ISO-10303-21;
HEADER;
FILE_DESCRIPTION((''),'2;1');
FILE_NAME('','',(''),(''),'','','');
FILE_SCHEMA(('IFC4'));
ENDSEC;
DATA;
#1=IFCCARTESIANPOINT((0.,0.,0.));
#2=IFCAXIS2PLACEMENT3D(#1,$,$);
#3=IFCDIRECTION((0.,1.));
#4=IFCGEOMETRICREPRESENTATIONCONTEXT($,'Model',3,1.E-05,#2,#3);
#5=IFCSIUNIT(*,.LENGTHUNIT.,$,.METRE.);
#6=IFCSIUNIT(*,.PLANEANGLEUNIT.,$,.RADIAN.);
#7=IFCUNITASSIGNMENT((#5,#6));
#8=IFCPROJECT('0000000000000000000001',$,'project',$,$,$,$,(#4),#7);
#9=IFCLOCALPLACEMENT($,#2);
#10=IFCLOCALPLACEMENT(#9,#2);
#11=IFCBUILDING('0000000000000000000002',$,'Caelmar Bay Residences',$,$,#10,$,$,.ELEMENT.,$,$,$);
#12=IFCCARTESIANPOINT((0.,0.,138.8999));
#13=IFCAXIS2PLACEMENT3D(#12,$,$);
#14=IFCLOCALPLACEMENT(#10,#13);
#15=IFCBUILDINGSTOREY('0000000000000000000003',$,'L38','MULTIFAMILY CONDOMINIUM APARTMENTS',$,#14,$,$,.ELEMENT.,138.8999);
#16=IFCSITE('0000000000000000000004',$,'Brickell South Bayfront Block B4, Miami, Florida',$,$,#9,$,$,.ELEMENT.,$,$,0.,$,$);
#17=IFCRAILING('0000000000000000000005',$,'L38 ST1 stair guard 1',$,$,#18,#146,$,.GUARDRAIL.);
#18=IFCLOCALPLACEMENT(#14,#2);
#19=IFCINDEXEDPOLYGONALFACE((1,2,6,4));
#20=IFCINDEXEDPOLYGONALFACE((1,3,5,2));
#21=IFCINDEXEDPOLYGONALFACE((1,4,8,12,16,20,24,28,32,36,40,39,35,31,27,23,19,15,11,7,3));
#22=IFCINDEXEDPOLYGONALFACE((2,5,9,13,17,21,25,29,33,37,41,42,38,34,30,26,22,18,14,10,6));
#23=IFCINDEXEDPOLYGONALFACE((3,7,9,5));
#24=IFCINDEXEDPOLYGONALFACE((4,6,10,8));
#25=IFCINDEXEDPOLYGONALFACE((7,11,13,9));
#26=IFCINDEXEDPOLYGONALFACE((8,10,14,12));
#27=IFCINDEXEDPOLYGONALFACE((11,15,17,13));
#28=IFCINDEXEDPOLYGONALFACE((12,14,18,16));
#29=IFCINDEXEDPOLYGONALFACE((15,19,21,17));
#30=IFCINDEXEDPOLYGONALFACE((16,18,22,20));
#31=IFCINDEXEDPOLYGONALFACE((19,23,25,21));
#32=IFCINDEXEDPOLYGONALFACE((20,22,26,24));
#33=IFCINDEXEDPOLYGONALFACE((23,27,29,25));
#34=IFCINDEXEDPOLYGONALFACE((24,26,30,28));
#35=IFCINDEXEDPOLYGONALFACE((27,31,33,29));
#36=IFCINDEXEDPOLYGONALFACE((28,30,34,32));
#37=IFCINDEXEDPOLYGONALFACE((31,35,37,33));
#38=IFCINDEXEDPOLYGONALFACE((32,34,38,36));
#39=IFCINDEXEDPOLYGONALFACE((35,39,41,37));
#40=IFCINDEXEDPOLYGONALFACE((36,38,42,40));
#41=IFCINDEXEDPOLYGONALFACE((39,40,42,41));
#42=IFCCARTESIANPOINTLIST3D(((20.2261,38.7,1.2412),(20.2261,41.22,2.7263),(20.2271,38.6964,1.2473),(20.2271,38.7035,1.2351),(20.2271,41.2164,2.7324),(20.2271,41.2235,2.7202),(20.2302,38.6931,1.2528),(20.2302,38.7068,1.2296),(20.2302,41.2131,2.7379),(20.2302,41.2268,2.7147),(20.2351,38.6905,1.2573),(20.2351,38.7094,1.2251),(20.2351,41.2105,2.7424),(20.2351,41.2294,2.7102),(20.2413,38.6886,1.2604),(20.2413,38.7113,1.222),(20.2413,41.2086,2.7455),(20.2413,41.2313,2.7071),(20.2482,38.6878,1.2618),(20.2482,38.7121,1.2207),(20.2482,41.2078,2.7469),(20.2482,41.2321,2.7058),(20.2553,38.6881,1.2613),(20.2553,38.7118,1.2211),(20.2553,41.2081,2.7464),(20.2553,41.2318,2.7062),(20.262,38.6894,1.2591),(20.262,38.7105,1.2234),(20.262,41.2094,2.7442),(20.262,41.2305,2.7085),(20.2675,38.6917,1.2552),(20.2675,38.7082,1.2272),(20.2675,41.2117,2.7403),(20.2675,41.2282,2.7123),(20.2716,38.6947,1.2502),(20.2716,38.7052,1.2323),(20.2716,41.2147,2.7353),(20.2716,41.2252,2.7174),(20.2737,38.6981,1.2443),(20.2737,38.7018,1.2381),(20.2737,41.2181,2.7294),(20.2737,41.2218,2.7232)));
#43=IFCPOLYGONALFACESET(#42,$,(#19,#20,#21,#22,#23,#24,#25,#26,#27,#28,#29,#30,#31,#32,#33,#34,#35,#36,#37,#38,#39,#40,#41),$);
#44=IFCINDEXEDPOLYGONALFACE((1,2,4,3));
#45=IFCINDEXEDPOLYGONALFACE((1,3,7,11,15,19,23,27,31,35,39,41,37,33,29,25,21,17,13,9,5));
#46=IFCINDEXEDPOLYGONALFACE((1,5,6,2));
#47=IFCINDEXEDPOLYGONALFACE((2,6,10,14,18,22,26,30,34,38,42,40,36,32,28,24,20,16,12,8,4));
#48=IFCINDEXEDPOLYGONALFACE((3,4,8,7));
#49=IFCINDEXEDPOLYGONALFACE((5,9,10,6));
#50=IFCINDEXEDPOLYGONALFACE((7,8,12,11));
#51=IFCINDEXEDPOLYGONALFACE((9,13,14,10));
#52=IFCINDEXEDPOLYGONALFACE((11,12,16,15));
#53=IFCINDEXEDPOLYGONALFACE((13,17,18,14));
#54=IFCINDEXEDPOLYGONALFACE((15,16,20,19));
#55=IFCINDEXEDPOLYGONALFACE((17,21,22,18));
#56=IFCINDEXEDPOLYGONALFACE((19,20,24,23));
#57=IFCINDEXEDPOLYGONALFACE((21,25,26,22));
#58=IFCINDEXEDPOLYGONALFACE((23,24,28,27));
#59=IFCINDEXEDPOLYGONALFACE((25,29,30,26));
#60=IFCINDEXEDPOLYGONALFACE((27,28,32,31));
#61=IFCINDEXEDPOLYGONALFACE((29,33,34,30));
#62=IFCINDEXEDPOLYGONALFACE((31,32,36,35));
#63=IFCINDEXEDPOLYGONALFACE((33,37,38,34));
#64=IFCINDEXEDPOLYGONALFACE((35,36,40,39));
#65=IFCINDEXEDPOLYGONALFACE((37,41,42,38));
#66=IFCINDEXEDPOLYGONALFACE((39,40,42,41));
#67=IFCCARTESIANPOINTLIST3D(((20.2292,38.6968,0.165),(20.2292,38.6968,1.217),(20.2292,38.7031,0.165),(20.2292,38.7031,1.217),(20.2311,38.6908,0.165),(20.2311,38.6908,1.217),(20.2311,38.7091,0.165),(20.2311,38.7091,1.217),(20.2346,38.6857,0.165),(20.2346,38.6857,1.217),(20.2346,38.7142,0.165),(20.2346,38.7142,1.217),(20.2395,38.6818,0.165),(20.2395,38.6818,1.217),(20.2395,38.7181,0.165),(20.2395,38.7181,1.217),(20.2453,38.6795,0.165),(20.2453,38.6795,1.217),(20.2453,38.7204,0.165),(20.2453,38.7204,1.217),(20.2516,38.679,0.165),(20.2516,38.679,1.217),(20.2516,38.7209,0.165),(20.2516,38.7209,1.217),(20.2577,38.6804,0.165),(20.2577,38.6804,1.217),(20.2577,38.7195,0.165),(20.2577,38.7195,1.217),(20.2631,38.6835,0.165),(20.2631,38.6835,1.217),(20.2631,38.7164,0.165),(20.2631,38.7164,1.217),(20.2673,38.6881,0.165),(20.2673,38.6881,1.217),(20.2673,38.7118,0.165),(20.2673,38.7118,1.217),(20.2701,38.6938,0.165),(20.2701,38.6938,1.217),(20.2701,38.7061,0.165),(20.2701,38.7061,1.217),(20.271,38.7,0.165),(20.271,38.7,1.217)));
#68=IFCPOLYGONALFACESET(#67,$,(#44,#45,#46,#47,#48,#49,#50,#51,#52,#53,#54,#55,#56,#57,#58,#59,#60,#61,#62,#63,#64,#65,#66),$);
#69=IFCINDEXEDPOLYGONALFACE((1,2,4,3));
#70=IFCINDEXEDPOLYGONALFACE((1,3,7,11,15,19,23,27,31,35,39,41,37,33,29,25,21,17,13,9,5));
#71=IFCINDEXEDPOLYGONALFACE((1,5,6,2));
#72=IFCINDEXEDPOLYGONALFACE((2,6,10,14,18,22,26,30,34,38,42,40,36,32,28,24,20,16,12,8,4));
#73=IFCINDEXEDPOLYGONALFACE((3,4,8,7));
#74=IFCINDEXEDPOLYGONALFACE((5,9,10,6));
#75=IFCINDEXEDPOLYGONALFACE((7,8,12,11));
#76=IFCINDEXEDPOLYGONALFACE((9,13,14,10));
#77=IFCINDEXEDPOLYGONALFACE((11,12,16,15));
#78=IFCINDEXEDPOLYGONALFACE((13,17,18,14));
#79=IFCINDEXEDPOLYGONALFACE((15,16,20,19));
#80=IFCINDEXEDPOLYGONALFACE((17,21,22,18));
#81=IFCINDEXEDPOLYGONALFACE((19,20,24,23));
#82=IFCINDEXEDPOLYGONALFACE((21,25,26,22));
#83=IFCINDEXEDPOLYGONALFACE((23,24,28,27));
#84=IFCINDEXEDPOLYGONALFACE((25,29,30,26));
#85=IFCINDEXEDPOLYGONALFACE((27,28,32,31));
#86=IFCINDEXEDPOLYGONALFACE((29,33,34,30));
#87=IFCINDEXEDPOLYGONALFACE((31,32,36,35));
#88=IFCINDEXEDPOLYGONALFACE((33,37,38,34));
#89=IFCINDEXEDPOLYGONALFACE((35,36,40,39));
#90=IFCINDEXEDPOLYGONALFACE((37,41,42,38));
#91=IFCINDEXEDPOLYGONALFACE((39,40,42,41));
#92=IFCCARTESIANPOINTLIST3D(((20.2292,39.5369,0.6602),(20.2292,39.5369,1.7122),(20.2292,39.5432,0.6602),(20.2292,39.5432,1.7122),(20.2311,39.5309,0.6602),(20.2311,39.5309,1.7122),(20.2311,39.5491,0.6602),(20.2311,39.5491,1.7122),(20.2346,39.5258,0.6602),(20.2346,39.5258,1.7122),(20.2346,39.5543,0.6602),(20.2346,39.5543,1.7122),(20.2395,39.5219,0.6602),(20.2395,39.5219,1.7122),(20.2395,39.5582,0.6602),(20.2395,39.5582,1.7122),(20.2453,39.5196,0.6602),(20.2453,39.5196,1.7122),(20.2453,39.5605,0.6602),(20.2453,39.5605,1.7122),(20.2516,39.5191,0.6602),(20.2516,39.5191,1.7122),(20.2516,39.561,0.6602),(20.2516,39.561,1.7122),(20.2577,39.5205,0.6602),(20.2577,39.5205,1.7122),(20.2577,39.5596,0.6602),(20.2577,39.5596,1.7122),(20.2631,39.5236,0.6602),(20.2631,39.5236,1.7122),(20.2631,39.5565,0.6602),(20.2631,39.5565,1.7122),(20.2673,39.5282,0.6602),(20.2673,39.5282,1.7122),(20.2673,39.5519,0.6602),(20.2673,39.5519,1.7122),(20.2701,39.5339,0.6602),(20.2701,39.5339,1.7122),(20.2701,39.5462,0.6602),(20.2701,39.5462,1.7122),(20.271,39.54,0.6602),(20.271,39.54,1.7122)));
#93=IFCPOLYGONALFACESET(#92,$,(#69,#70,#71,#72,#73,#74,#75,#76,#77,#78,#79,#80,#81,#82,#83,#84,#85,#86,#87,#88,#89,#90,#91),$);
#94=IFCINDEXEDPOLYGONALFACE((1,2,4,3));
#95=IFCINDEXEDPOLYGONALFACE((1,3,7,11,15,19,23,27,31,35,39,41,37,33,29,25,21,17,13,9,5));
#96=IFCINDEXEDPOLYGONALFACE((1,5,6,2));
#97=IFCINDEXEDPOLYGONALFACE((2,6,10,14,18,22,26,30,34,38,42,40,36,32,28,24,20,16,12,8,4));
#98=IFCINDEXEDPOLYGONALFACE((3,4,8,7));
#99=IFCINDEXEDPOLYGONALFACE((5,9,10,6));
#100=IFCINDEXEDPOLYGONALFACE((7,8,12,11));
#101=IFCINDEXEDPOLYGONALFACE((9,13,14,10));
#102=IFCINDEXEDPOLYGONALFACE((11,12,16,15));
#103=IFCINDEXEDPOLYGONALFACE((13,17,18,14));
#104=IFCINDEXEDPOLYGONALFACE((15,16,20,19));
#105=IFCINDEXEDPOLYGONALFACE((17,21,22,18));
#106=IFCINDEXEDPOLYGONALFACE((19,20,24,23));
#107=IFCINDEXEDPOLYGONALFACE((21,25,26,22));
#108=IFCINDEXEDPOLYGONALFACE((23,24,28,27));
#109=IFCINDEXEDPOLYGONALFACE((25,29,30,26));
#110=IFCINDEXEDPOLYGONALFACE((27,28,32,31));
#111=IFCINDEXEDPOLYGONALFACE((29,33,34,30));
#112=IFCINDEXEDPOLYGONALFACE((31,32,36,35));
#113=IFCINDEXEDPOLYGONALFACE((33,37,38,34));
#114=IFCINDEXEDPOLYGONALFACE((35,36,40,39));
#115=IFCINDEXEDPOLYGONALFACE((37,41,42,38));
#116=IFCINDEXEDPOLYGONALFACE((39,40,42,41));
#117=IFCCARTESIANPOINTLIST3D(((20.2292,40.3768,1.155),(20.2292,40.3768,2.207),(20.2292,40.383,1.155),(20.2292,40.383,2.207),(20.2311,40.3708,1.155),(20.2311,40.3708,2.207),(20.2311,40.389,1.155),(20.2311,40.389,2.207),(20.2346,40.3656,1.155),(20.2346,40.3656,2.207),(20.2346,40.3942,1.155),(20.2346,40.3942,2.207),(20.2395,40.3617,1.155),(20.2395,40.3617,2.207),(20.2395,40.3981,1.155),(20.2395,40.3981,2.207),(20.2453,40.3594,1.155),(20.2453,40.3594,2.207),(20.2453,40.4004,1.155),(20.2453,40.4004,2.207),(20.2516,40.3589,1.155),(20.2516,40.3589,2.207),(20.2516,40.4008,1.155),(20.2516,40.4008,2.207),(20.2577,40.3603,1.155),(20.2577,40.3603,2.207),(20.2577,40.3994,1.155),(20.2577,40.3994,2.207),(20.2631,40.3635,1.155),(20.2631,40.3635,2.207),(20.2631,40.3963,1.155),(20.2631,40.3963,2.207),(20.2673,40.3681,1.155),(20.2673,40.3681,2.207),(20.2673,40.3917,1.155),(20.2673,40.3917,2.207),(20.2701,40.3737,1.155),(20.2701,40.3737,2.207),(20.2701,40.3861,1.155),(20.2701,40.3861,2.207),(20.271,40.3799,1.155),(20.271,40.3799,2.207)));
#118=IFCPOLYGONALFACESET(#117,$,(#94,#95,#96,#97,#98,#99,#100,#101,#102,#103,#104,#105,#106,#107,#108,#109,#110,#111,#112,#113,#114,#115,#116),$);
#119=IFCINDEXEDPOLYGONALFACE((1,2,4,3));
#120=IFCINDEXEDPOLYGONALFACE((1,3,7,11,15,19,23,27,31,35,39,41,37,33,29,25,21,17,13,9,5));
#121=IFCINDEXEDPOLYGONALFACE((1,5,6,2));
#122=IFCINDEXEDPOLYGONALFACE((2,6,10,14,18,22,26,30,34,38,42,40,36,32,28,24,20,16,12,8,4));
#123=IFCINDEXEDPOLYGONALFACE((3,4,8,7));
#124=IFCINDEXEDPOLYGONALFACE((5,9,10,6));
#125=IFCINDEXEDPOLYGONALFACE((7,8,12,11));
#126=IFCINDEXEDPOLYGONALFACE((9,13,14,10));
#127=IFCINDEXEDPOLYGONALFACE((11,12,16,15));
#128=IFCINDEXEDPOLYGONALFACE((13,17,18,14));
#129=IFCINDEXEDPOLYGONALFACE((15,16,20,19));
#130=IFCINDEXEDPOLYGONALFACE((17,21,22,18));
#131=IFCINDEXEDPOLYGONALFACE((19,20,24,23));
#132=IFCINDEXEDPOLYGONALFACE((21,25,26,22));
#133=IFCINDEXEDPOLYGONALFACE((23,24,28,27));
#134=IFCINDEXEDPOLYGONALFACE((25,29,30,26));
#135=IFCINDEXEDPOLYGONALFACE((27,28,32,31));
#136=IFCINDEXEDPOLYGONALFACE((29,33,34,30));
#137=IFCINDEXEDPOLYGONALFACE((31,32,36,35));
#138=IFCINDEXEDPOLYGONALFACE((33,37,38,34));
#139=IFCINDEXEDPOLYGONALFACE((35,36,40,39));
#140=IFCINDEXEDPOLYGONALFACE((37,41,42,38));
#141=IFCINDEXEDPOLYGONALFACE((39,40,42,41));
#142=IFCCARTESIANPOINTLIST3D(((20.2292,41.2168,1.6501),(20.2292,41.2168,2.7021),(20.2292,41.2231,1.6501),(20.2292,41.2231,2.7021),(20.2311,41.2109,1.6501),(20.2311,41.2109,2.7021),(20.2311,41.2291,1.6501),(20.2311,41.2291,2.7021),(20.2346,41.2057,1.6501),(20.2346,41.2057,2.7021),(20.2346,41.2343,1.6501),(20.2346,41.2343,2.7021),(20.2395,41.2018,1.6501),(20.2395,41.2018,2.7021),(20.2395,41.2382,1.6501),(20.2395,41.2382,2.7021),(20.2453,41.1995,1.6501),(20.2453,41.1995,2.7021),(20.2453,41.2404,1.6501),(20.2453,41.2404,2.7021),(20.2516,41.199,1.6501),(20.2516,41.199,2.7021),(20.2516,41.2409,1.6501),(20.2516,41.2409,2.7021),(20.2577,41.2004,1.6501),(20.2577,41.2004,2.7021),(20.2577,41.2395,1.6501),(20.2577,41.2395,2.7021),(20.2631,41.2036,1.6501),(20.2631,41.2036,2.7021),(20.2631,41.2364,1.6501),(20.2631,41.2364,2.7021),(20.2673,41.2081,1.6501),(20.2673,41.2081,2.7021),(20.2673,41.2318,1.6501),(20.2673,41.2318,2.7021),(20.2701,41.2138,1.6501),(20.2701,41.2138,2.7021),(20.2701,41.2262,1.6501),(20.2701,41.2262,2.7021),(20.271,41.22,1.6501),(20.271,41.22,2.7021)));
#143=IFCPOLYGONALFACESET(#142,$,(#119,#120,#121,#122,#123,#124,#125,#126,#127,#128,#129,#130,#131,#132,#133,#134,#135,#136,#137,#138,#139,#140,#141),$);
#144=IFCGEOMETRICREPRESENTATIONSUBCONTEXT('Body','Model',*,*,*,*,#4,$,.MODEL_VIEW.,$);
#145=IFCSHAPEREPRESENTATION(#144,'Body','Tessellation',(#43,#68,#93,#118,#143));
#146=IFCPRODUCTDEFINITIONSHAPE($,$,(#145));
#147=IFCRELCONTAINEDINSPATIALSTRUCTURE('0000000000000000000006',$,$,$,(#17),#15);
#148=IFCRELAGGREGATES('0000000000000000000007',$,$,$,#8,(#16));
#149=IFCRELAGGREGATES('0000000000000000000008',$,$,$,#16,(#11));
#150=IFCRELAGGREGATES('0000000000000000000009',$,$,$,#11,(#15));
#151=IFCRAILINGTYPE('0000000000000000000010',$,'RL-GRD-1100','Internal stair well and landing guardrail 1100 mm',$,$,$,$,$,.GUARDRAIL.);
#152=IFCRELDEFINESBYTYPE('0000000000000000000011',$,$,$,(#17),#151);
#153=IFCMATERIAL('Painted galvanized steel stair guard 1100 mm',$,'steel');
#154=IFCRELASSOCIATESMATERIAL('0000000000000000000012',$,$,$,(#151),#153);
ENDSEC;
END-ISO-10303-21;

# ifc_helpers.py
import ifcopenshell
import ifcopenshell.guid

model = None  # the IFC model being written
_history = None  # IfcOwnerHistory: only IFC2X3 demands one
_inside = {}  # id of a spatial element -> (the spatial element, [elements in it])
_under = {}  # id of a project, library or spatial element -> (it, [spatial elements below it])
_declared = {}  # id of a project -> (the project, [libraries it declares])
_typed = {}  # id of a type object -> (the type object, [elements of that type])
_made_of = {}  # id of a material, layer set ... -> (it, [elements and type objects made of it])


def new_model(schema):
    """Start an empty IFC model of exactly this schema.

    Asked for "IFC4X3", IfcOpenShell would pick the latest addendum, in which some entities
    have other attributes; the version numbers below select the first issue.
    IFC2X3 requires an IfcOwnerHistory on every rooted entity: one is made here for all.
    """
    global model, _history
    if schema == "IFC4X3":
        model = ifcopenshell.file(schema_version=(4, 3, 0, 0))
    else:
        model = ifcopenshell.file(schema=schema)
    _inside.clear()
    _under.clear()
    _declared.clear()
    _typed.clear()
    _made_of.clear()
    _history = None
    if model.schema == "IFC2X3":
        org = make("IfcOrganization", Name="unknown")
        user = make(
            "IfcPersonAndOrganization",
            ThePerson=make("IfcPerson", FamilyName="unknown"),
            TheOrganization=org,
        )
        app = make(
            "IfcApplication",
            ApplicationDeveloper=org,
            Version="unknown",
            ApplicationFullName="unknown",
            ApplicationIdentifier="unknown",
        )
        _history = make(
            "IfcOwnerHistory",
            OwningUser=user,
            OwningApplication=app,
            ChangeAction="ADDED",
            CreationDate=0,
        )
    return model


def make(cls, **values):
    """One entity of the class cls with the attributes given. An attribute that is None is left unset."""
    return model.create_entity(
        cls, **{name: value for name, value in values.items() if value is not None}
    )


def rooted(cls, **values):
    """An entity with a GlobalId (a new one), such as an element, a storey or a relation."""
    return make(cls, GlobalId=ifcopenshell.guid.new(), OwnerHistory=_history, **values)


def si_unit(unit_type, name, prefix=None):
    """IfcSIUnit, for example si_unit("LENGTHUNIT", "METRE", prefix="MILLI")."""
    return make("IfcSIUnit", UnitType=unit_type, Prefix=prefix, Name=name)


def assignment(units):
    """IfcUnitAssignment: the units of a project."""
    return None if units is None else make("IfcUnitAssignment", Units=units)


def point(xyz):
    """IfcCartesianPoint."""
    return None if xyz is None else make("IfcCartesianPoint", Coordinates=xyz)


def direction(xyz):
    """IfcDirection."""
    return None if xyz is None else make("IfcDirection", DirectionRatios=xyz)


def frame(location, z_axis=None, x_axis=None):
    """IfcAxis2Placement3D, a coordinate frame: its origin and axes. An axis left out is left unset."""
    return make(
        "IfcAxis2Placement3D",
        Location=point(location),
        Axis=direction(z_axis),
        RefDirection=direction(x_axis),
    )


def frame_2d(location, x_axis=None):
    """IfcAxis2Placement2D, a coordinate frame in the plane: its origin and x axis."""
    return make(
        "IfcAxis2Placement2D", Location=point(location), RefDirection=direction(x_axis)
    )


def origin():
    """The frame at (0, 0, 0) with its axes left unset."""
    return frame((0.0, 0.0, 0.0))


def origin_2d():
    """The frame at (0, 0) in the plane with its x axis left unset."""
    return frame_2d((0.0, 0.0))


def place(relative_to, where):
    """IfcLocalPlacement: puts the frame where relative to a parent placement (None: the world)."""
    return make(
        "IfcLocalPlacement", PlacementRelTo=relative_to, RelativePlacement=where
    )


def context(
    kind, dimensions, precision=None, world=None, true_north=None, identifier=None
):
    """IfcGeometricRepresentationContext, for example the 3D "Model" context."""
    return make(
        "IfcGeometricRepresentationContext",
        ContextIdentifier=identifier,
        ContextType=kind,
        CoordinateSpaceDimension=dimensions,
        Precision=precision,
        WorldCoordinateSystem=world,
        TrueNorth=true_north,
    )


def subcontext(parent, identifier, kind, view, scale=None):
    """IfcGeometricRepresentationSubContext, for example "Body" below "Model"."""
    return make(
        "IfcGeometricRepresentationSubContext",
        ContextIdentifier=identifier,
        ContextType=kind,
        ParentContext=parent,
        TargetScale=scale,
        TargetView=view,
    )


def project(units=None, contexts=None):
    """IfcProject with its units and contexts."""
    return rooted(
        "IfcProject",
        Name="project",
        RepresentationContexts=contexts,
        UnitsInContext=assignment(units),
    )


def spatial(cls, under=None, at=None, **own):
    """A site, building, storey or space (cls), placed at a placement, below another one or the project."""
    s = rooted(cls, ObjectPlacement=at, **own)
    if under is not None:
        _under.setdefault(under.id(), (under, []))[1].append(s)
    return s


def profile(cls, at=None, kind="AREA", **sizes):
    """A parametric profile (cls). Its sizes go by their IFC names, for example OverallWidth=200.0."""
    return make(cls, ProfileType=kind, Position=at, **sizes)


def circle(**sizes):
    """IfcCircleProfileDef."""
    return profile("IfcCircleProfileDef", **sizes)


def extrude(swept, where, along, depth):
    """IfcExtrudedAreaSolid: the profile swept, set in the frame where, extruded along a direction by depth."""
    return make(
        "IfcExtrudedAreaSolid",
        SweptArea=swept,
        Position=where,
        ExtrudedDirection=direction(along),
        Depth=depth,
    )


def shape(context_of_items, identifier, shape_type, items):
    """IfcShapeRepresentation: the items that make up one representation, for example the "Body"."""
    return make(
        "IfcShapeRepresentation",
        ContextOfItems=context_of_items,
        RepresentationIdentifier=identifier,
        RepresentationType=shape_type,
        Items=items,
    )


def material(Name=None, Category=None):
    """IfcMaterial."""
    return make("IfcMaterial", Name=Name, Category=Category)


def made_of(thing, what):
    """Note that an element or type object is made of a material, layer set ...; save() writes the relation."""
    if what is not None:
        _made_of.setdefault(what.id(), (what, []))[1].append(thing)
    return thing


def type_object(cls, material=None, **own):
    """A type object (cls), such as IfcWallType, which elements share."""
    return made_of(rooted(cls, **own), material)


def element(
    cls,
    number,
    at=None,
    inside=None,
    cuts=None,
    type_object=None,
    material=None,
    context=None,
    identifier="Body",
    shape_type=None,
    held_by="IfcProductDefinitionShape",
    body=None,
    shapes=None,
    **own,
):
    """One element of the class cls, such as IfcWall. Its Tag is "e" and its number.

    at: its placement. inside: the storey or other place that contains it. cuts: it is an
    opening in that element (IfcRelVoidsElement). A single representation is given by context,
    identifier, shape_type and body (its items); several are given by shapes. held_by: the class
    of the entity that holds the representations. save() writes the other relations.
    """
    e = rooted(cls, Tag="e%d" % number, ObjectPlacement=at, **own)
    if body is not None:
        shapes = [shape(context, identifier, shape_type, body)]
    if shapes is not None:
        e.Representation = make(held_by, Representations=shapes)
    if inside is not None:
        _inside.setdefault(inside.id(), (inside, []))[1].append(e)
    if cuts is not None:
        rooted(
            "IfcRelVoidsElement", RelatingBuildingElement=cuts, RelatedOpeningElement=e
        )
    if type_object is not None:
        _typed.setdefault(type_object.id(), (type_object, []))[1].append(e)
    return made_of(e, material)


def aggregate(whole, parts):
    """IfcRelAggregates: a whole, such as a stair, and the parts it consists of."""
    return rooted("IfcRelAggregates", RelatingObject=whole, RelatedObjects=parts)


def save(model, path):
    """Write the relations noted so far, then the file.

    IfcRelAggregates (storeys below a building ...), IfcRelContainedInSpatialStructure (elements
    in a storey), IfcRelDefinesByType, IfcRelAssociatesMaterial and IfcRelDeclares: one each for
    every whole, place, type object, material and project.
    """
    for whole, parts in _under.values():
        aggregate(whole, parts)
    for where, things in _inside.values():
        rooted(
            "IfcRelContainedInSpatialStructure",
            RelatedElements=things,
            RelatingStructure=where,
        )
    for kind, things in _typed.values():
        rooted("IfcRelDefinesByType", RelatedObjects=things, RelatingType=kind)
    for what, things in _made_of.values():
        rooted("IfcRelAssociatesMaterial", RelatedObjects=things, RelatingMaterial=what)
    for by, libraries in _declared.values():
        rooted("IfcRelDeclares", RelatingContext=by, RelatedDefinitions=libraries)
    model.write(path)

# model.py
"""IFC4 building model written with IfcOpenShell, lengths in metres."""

from ifc_helpers import new_model, si_unit, direction, frame, origin, origin_2d, place, context, subcontext, project, spatial, circle, extrude, material, type_object, element, save


model = new_model("IFC4")

# Units and contexts
model_context = context("Model", 3, precision=1e-05, world=origin(), true_north=direction((0.0, 1.0)))
body_context = subcontext(model_context, "Body", "Model", "MODEL_VIEW")
ifc_project = project(units=[si_unit("LENGTHUNIT", "METRE"), si_unit("PLANEANGLEUNIT", "RADIAN")], contexts=[model_context])

# Site, building, storey
site_placement = place(None, origin())
site = spatial("IfcSite", under=ifc_project, at=site_placement, Name="Brickell South Bayfront Block B4, Miami, Florida", CompositionType="ELEMENT", RefElevation=0.0)
building_placement = place(site_placement, origin())
building = spatial("IfcBuilding", under=site, at=building_placement, Name="Caelmar Bay Residences", CompositionType="ELEMENT")
storey_placement = place(building_placement, frame((0.0, 0.0, 138.8999)))
storey = spatial("IfcBuildingStorey", under=building, at=storey_placement, Name="L38", Description="MULTIFAMILY CONDOMINIUM APARTMENTS", CompositionType="ELEMENT", Elevation=138.8999)

# Railing
ifc_material_1 = material(Name="Painted galvanized steel stair guard 1100 mm", Category="steel")
railing_type_1 = type_object("IfcRailingType", Name="RL-GRD-1100", Description="Internal stair well and landing guardrail 1100 mm", PredefinedType="GUARDRAIL", material=ifc_material_1)
railing_1_placement = place(storey_placement, frame((20.25, 38.7, 0.165)))
element("IfcRailing", 1, at=railing_1_placement, inside=storey, type_object=railing_type_1, Name="L38 ST1 stair guard 1", PredefinedType="GUARDRAIL", context=body_context, shape_type="SweptSolid", body=[
    extrude(circle(Radius=0.0239, at=origin_2d()), frame((0.0, 0.0, 1.0762), z_axis=(0.0, 0.861524, 0.507717), x_axis=(-1.0, 0.0, 0.0)), (0.0, 0.0, 1.0), 2.925),
    extrude(circle(Radius=0.021, at=origin_2d()), origin(), (0.0, 0.0, 1.0), 1.052),
    extrude(circle(Radius=0.021, at=origin_2d()), frame((0.0, 0.8401, 0.4951)), (0.0, 0.0, 1.0), 1.052),
    extrude(circle(Radius=0.021, at=origin_2d()), frame((0.0, 1.6799, 0.99)), (0.0, 0.0, 1.0), 1.052),
    extrude(circle(Radius=0.021, at=origin_2d()), frame((0.0, 2.52, 1.4851)), (0.0, 0.0, 1.0), 1.052),
])

save(model, "model.ifc")
